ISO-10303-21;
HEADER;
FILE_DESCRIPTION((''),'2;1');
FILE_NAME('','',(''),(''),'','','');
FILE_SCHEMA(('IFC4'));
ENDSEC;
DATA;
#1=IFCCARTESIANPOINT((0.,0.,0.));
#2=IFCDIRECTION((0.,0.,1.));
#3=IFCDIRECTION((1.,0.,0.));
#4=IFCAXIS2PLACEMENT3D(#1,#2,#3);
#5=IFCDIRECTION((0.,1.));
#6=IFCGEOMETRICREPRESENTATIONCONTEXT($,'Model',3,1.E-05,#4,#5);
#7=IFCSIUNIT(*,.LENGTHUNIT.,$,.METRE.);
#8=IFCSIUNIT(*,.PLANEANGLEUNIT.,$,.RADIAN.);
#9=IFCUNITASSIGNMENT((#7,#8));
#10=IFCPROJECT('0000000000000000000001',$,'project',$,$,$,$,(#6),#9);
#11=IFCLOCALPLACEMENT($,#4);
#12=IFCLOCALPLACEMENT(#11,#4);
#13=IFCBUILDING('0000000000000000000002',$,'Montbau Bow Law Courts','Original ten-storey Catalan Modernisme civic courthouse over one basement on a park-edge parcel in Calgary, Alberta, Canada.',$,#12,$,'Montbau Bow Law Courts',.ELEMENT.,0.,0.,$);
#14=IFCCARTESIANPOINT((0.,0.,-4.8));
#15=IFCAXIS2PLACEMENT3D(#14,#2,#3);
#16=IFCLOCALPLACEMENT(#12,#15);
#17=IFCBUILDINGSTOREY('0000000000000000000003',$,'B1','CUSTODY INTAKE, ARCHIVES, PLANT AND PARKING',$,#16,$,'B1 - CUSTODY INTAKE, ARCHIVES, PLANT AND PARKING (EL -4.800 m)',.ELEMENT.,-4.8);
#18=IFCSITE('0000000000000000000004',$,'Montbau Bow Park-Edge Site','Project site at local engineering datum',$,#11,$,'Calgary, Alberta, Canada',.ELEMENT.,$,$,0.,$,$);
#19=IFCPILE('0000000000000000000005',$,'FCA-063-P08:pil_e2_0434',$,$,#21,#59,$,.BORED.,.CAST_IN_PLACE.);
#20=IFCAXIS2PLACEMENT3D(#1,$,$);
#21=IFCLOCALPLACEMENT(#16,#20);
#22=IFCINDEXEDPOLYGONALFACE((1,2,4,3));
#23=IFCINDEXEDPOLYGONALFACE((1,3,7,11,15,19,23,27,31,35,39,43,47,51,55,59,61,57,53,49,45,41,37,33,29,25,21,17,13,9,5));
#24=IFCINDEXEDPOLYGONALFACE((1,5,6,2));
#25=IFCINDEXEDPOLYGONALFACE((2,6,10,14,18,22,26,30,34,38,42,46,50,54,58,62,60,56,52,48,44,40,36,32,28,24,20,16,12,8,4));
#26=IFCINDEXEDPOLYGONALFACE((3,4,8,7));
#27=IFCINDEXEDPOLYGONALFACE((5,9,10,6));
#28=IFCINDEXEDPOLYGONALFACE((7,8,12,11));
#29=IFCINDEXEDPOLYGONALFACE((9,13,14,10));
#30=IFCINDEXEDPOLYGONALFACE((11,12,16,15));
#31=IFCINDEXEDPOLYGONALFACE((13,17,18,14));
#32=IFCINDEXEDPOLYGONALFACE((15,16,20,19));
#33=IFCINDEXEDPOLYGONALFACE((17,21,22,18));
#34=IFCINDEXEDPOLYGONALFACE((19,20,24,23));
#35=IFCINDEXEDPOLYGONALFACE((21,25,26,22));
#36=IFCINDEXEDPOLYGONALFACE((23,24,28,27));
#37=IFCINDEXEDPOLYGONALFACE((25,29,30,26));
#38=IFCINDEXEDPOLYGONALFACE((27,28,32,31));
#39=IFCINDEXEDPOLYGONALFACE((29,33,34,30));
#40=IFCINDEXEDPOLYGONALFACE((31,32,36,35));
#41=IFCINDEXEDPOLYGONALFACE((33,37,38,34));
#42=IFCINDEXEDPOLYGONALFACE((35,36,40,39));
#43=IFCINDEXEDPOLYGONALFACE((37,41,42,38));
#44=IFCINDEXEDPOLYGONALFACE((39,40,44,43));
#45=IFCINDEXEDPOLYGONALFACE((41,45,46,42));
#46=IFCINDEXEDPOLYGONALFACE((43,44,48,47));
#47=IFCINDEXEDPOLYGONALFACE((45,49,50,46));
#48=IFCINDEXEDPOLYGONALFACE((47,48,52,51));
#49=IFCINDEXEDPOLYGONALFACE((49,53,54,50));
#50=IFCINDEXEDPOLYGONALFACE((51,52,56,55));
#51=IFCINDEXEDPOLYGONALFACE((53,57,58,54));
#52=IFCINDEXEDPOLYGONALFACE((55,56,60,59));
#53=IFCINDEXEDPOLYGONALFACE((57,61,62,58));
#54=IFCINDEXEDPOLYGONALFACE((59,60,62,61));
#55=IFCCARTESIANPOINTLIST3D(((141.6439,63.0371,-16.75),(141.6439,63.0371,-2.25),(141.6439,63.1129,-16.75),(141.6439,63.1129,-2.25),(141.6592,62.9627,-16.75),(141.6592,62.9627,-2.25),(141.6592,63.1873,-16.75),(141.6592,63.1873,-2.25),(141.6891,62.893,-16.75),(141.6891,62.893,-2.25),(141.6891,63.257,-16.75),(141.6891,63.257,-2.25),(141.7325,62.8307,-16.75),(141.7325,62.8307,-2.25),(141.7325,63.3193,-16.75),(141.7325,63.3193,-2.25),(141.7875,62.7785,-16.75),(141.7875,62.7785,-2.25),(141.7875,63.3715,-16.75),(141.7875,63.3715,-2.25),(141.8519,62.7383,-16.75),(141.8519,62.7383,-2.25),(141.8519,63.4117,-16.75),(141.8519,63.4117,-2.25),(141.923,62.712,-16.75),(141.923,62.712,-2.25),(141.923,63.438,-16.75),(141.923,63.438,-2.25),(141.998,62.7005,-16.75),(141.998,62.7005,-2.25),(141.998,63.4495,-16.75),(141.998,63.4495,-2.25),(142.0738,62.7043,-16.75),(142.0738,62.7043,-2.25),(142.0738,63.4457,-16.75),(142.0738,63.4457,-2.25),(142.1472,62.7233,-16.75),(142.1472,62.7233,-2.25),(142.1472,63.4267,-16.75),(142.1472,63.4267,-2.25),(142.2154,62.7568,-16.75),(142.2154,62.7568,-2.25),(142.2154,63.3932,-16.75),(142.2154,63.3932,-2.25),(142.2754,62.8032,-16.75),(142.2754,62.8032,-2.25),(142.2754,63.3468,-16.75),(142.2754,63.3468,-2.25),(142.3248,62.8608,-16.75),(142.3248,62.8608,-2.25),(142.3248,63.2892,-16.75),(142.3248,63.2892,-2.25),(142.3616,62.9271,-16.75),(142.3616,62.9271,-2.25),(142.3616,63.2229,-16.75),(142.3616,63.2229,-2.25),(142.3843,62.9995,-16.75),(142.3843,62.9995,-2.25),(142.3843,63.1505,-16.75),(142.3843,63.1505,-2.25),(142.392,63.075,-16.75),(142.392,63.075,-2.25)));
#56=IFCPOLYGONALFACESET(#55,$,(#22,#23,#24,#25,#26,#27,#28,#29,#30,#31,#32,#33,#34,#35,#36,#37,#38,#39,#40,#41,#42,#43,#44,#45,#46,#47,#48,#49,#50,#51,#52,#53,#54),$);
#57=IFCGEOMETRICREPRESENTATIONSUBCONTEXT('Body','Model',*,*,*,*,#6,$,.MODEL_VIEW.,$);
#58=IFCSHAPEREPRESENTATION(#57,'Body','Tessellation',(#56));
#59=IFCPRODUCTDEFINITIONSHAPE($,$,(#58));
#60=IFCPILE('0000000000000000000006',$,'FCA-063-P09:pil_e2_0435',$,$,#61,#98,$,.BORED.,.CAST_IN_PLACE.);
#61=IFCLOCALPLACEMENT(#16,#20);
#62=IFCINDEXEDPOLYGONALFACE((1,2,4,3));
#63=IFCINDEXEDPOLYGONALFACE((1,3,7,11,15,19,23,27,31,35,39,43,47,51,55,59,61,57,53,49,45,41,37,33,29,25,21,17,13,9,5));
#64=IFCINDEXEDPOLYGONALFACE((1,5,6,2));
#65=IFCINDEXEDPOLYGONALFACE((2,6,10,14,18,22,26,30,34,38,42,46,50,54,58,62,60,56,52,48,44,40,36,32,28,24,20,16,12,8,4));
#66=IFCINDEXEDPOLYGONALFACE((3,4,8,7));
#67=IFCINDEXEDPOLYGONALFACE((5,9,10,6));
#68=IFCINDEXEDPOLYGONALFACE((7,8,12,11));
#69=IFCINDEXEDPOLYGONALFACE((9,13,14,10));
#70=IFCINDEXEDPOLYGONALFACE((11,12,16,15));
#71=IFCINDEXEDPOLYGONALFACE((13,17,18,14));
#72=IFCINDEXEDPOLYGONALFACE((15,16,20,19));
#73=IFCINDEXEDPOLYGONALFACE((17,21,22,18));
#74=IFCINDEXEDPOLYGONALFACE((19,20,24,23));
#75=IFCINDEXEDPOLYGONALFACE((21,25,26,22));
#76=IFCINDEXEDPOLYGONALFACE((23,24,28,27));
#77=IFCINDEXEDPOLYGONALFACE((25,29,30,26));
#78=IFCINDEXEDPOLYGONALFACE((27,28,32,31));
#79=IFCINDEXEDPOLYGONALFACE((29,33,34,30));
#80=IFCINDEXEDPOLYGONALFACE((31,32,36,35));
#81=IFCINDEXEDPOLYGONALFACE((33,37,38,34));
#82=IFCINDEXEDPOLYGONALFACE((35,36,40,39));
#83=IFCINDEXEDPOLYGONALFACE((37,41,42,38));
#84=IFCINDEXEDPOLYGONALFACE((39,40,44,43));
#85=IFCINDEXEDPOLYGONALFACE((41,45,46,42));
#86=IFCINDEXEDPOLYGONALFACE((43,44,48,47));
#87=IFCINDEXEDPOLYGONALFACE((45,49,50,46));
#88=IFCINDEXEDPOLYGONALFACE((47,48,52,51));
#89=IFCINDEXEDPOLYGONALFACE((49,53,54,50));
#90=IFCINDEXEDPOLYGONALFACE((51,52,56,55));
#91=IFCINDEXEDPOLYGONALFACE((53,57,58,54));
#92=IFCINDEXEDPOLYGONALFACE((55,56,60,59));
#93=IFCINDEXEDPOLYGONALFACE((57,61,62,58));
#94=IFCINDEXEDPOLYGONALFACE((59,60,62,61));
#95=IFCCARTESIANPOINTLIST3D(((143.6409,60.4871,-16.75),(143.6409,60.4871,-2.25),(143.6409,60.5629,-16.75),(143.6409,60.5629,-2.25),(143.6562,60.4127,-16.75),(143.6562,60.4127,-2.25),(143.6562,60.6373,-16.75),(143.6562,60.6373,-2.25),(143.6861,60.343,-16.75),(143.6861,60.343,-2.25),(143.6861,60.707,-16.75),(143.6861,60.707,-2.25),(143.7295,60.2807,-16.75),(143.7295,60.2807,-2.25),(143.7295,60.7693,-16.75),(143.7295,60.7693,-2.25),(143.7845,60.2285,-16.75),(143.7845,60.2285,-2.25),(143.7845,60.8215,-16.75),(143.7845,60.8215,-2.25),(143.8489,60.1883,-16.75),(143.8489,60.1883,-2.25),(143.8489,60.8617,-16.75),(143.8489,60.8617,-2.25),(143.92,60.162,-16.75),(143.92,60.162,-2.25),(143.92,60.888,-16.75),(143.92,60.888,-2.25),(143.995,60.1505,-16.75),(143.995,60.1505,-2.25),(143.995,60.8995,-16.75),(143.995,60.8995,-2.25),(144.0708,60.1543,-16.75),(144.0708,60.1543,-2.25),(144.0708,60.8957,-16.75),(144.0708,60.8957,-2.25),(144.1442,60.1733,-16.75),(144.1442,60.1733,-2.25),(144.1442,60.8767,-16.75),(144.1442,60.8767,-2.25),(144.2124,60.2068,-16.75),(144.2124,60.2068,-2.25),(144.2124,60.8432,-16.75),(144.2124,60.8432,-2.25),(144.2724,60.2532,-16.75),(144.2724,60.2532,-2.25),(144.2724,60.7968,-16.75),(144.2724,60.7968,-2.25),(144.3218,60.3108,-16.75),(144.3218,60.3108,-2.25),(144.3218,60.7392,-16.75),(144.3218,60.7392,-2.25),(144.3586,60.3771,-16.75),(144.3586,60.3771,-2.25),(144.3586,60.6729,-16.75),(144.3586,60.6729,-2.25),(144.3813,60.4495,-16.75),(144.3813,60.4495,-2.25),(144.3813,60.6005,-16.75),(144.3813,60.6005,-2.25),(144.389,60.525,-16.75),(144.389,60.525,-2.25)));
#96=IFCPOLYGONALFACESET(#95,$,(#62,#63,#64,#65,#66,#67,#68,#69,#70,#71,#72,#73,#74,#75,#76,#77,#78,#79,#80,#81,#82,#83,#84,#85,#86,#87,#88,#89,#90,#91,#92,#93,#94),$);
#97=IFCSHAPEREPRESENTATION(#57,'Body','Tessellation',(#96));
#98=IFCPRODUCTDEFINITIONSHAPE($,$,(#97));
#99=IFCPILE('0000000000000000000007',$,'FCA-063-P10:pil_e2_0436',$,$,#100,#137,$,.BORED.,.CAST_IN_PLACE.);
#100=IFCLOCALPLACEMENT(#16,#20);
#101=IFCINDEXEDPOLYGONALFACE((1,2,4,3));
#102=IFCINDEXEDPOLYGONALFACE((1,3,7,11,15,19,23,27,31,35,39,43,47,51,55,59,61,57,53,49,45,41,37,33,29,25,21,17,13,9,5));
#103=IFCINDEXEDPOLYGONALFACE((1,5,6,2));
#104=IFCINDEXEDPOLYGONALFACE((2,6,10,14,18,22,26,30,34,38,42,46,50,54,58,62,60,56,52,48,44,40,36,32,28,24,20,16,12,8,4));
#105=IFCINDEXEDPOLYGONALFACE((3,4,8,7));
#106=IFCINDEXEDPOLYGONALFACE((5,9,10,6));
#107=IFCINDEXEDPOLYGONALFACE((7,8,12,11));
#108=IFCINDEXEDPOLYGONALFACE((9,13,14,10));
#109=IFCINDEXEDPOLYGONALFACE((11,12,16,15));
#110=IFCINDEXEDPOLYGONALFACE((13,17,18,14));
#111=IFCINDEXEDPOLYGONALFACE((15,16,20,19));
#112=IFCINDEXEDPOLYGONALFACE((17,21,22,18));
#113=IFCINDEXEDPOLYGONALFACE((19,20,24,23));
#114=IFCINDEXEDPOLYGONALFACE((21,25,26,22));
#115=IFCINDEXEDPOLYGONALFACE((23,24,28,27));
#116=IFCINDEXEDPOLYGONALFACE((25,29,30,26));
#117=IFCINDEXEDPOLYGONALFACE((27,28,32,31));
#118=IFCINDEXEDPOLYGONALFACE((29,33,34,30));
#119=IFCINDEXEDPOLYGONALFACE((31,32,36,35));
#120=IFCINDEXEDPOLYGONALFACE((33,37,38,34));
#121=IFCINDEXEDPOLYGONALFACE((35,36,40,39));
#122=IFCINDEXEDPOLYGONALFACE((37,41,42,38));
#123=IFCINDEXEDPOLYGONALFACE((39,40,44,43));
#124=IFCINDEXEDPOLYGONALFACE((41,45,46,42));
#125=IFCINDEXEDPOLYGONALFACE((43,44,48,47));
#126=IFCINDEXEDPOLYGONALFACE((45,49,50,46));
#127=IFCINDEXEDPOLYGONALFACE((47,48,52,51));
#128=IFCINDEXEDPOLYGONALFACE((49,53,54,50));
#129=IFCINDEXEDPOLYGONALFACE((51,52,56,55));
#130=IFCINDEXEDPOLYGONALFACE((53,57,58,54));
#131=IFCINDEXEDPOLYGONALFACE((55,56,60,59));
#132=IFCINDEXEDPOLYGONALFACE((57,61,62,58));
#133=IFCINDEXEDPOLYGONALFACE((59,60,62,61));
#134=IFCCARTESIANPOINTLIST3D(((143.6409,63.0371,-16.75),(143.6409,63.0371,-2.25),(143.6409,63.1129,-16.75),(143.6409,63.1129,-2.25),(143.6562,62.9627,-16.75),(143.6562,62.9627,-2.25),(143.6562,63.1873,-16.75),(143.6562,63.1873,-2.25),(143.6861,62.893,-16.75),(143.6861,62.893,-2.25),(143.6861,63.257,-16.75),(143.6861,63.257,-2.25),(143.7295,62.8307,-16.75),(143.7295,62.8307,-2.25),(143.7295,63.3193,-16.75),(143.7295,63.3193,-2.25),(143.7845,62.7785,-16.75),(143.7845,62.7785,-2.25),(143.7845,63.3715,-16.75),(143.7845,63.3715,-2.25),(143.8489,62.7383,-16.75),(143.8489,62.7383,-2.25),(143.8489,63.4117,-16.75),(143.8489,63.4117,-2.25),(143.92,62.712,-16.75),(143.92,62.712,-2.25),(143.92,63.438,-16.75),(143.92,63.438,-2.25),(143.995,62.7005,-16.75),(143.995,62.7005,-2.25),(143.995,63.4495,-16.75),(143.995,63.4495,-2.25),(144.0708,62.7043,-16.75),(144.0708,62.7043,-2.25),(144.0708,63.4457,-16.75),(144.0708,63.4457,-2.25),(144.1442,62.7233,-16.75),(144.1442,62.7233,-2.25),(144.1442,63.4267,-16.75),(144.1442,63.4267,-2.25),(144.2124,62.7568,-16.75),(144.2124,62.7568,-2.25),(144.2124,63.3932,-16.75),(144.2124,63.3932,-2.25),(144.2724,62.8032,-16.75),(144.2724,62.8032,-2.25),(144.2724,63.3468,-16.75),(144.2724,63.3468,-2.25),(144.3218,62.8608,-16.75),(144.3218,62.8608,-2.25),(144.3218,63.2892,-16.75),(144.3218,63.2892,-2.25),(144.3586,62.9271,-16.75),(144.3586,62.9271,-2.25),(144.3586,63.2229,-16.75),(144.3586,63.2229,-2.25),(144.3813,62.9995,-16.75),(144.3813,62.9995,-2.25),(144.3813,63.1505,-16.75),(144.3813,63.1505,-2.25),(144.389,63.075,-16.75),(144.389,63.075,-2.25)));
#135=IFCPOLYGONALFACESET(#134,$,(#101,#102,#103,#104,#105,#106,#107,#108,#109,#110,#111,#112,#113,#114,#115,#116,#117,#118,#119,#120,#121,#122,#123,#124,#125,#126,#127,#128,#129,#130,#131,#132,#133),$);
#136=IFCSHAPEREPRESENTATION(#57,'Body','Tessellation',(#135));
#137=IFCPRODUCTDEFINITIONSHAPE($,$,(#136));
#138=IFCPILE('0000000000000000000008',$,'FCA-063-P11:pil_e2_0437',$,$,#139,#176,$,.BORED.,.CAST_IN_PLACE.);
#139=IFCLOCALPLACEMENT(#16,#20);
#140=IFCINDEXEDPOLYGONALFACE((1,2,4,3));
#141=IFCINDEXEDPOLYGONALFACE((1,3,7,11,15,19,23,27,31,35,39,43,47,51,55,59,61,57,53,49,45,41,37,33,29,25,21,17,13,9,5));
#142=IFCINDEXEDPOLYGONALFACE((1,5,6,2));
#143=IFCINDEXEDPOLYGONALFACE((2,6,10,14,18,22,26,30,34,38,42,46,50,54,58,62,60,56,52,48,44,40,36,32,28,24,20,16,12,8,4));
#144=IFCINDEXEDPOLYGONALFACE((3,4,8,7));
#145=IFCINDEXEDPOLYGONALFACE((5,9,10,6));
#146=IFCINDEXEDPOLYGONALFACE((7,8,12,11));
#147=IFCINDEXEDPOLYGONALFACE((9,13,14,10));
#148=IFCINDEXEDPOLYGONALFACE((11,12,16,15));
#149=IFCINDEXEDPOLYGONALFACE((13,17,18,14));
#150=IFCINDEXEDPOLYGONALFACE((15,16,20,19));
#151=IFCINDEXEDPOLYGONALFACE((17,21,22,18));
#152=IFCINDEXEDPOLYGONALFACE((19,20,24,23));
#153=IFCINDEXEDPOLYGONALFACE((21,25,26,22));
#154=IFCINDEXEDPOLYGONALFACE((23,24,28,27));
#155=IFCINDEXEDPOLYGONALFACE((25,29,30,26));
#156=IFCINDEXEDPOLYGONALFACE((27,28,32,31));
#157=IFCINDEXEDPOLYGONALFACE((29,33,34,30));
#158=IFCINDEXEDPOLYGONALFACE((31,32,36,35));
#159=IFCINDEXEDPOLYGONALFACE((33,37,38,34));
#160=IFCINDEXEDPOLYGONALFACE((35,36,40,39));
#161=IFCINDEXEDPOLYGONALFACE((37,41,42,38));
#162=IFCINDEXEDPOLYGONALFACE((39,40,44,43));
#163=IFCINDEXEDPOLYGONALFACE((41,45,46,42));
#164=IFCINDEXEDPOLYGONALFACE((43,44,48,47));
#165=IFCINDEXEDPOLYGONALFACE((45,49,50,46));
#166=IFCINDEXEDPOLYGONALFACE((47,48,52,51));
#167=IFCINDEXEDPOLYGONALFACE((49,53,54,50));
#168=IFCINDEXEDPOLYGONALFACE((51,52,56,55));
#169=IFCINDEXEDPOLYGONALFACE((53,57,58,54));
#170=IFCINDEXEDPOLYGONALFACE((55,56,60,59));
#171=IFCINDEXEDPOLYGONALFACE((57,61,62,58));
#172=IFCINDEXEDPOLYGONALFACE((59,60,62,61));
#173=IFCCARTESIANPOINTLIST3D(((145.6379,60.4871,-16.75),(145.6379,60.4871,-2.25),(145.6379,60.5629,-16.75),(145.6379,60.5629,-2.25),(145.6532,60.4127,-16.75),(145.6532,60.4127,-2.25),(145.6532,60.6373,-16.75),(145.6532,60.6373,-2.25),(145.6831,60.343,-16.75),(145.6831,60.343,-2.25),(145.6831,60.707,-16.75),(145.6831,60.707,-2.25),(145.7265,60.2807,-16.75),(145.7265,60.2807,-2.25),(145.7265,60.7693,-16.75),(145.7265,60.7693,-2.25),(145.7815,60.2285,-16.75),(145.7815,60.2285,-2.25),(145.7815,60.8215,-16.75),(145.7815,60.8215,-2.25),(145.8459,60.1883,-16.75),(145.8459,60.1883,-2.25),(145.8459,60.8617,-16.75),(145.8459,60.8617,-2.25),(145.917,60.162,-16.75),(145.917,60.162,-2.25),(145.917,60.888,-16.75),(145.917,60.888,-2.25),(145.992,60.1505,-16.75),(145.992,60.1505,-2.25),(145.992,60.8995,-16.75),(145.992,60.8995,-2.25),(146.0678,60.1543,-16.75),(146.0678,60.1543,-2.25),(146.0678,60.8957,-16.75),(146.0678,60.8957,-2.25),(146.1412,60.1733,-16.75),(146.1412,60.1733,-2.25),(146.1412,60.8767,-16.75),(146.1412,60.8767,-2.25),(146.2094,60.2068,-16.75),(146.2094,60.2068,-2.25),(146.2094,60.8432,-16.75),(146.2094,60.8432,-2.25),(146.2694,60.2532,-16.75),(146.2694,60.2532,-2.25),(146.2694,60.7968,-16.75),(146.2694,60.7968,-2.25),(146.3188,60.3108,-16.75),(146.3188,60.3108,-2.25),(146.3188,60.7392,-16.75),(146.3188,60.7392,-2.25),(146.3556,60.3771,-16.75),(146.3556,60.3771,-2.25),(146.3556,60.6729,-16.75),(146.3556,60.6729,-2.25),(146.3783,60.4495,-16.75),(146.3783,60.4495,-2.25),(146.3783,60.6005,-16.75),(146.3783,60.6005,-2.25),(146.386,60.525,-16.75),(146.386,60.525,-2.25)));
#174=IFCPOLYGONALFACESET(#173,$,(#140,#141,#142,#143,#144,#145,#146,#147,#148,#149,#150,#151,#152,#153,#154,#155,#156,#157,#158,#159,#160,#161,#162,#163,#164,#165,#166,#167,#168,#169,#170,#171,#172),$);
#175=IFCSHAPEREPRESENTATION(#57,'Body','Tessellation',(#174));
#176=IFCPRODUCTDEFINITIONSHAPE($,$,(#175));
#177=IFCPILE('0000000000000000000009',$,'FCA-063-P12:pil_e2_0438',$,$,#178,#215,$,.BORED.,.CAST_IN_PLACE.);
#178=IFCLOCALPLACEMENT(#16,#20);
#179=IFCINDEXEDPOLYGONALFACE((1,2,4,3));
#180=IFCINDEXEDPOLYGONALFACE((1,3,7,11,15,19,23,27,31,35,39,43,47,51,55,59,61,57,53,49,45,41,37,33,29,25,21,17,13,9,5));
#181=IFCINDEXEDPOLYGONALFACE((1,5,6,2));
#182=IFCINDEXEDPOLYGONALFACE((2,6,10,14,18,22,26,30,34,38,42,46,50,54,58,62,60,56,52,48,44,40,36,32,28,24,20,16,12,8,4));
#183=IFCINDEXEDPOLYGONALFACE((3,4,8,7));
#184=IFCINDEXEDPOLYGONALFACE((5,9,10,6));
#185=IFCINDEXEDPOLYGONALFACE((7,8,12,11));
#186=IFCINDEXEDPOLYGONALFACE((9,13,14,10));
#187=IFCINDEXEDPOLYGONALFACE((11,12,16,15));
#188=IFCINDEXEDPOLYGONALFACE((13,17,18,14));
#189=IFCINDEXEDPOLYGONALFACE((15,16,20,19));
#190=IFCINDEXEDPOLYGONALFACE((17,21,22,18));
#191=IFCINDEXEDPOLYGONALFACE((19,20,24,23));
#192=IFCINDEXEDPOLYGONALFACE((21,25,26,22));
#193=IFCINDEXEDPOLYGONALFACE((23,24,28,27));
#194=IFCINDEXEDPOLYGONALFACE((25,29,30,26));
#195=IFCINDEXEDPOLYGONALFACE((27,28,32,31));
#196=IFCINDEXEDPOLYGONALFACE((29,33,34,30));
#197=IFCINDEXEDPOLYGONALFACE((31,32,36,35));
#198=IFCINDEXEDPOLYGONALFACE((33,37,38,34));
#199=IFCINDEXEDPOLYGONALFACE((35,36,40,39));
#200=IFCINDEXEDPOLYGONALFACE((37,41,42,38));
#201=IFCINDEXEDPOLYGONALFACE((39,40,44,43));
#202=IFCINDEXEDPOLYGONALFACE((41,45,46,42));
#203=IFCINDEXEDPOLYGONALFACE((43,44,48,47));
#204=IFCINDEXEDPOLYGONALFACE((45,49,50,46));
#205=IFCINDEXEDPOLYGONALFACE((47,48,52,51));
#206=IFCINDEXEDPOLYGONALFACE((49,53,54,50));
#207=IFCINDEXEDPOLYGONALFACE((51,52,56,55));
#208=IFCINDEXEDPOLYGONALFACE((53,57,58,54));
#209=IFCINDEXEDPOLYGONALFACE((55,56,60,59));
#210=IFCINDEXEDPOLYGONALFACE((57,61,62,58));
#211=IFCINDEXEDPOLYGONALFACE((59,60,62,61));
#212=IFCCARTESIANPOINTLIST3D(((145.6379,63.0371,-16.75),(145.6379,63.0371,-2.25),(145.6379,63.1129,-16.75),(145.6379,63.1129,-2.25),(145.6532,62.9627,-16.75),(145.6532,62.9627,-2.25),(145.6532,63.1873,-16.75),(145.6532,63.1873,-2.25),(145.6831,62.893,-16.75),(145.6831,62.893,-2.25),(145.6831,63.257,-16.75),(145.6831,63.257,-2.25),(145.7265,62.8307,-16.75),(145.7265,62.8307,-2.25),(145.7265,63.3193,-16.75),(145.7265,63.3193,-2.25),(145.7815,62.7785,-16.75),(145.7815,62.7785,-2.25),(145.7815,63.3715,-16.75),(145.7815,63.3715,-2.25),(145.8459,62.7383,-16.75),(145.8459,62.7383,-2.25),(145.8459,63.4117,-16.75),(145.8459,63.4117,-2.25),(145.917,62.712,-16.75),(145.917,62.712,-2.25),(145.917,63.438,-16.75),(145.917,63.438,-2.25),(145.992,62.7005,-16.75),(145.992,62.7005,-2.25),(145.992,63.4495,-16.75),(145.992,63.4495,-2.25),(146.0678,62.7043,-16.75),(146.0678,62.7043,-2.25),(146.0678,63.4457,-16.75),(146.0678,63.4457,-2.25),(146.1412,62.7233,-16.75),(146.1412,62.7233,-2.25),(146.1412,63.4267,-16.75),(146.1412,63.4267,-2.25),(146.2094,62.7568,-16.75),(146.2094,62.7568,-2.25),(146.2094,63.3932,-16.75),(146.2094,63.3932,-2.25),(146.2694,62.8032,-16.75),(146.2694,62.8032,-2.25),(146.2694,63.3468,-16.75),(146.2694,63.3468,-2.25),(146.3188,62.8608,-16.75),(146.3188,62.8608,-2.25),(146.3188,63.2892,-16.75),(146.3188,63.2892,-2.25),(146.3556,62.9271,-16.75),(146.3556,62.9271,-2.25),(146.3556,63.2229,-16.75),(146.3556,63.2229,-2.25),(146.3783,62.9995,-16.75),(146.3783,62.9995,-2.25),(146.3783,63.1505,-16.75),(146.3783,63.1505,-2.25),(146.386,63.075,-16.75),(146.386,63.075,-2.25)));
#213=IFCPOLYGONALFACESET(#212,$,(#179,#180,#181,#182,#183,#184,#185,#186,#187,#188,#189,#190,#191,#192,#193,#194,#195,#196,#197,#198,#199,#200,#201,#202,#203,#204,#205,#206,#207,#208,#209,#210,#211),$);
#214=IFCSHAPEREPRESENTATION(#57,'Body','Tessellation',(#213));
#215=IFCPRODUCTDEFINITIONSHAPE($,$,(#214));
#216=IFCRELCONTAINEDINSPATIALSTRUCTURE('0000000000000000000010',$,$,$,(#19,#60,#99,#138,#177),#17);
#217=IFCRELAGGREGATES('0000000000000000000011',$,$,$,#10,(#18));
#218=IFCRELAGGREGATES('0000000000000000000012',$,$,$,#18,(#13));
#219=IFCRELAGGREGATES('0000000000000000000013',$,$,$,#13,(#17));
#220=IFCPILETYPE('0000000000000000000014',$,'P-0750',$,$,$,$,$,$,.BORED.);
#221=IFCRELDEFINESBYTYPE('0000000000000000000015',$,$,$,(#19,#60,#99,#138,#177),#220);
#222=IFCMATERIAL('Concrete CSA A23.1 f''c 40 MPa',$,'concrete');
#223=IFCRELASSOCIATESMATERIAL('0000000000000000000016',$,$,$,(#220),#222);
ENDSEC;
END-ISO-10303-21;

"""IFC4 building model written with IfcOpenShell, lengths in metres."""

from ifc_helpers import new_model, si_unit, direction, frame, origin_with_axes, origin_2d_with_axis, place, context, subcontext, project, spatial, circle, extrude, material, material_profile, profile_set, type_object, element, save


model = new_model("IFC4")

# Units and contexts
model_context = context("Model", 3, precision=1e-05, world=origin_with_axes(), true_north=direction((0.0, 1.0)))
body_context = subcontext(model_context, "Body", "Model", "MODEL_VIEW")
ifc_project = project(units=[si_unit("LENGTHUNIT", "METRE"), si_unit("PLANEANGLEUNIT", "RADIAN")], contexts=[model_context])

# Site, building, storey
site_placement = place(None, origin_with_axes())
site = spatial("IfcSite", under=ifc_project, at=site_placement, Name="Montbau Bow Park-Edge Site", Description="Project site at local engineering datum", LongName="Calgary, Alberta, Canada", CompositionType="ELEMENT", RefElevation=0.0)
building_placement = place(site_placement, origin_with_axes())
building = spatial("IfcBuilding", under=site, at=building_placement, Name="Montbau Bow Law Courts", Description="Original ten-storey Catalan Modernisme civic courthouse over one basement on a park-edge parcel in Calgary, Alberta, Canada.", LongName="Montbau Bow Law Courts", CompositionType="ELEMENT", ElevationOfRefHeight=0.0, ElevationOfTerrain=0.0)
storey_placement = place(building_placement, frame((0.0, 0.0, -4.8), z_axis=(0.0, 0.0, 1.0), x_axis=(1.0, 0.0, 0.0)))
storey = spatial("IfcBuildingStorey", under=building, at=storey_placement, Name="B1", Description="CUSTODY INTAKE, ARCHIVES, PLANT AND PARKING", LongName="B1 - CUSTODY INTAKE, ARCHIVES, PLANT AND PARKING (EL -4.800 m)", CompositionType="ELEMENT", Elevation=-4.8)

# Piles
ifc_material_1 = material(Name="Concrete CSA A23.1 f'c 40 MPa", Category="concrete")
ifc_material_profile_1 = material_profile(ifc_material_1, circle(Radius=0.375, at=origin_2d_with_axis()), Name="BP750", Category="Main", Priority=0)
ifc_profile_set_1 = profile_set([ifc_material_profile_1], Name="Concrete CSA A23.1 f'c 40 MPa")
pile_type_1 = type_object("IfcPileType", Name="P-0750", PredefinedType="BORED", material=ifc_profile_set_1)
for number, where, z_axis, x_axis, name in (
    (1, (142.017, 63.075, -21.55), (0.0, 0.0, 1.0), (1.0, 0.0, 0.0), "FCA-063-P08:pil_e2_0434"),
    (2, (144.014, 60.525, -21.55), (0.0, 0.0, 1.0), (1.0, 0.0, 0.0), "FCA-063-P09:pil_e2_0435"),
    (3, (144.014, 63.075, -21.55), (0.0, 0.0, 1.0), (1.0, 0.0, 0.0), "FCA-063-P10:pil_e2_0436"),
    (4, (146.011, 60.525, -21.55), (0.0, 0.0, 1.0), (1.0, 0.0, 0.0), "FCA-063-P11:pil_e2_0437"),
    (5, (146.011, 63.075, -21.55), (0.0, 0.0, 1.0), (1.0, 0.0, 0.0), "FCA-063-P12:pil_e2_0438"),
):
    element("IfcPile", number, at=place(None, frame(where, z_axis=z_axis, x_axis=x_axis)), inside=storey, type_object=pile_type_1, Name=name, ConstructionType="CAST_IN_PLACE", PredefinedType="BORED", context=body_context, shape_type="SweptSolid", body=[
        extrude(circle(Radius=0.375, at=origin_2d_with_axis()), origin_with_axes(), (0.0, 0.0, 1.0), 14.5),
    ])

save(model, "model.ifc")
